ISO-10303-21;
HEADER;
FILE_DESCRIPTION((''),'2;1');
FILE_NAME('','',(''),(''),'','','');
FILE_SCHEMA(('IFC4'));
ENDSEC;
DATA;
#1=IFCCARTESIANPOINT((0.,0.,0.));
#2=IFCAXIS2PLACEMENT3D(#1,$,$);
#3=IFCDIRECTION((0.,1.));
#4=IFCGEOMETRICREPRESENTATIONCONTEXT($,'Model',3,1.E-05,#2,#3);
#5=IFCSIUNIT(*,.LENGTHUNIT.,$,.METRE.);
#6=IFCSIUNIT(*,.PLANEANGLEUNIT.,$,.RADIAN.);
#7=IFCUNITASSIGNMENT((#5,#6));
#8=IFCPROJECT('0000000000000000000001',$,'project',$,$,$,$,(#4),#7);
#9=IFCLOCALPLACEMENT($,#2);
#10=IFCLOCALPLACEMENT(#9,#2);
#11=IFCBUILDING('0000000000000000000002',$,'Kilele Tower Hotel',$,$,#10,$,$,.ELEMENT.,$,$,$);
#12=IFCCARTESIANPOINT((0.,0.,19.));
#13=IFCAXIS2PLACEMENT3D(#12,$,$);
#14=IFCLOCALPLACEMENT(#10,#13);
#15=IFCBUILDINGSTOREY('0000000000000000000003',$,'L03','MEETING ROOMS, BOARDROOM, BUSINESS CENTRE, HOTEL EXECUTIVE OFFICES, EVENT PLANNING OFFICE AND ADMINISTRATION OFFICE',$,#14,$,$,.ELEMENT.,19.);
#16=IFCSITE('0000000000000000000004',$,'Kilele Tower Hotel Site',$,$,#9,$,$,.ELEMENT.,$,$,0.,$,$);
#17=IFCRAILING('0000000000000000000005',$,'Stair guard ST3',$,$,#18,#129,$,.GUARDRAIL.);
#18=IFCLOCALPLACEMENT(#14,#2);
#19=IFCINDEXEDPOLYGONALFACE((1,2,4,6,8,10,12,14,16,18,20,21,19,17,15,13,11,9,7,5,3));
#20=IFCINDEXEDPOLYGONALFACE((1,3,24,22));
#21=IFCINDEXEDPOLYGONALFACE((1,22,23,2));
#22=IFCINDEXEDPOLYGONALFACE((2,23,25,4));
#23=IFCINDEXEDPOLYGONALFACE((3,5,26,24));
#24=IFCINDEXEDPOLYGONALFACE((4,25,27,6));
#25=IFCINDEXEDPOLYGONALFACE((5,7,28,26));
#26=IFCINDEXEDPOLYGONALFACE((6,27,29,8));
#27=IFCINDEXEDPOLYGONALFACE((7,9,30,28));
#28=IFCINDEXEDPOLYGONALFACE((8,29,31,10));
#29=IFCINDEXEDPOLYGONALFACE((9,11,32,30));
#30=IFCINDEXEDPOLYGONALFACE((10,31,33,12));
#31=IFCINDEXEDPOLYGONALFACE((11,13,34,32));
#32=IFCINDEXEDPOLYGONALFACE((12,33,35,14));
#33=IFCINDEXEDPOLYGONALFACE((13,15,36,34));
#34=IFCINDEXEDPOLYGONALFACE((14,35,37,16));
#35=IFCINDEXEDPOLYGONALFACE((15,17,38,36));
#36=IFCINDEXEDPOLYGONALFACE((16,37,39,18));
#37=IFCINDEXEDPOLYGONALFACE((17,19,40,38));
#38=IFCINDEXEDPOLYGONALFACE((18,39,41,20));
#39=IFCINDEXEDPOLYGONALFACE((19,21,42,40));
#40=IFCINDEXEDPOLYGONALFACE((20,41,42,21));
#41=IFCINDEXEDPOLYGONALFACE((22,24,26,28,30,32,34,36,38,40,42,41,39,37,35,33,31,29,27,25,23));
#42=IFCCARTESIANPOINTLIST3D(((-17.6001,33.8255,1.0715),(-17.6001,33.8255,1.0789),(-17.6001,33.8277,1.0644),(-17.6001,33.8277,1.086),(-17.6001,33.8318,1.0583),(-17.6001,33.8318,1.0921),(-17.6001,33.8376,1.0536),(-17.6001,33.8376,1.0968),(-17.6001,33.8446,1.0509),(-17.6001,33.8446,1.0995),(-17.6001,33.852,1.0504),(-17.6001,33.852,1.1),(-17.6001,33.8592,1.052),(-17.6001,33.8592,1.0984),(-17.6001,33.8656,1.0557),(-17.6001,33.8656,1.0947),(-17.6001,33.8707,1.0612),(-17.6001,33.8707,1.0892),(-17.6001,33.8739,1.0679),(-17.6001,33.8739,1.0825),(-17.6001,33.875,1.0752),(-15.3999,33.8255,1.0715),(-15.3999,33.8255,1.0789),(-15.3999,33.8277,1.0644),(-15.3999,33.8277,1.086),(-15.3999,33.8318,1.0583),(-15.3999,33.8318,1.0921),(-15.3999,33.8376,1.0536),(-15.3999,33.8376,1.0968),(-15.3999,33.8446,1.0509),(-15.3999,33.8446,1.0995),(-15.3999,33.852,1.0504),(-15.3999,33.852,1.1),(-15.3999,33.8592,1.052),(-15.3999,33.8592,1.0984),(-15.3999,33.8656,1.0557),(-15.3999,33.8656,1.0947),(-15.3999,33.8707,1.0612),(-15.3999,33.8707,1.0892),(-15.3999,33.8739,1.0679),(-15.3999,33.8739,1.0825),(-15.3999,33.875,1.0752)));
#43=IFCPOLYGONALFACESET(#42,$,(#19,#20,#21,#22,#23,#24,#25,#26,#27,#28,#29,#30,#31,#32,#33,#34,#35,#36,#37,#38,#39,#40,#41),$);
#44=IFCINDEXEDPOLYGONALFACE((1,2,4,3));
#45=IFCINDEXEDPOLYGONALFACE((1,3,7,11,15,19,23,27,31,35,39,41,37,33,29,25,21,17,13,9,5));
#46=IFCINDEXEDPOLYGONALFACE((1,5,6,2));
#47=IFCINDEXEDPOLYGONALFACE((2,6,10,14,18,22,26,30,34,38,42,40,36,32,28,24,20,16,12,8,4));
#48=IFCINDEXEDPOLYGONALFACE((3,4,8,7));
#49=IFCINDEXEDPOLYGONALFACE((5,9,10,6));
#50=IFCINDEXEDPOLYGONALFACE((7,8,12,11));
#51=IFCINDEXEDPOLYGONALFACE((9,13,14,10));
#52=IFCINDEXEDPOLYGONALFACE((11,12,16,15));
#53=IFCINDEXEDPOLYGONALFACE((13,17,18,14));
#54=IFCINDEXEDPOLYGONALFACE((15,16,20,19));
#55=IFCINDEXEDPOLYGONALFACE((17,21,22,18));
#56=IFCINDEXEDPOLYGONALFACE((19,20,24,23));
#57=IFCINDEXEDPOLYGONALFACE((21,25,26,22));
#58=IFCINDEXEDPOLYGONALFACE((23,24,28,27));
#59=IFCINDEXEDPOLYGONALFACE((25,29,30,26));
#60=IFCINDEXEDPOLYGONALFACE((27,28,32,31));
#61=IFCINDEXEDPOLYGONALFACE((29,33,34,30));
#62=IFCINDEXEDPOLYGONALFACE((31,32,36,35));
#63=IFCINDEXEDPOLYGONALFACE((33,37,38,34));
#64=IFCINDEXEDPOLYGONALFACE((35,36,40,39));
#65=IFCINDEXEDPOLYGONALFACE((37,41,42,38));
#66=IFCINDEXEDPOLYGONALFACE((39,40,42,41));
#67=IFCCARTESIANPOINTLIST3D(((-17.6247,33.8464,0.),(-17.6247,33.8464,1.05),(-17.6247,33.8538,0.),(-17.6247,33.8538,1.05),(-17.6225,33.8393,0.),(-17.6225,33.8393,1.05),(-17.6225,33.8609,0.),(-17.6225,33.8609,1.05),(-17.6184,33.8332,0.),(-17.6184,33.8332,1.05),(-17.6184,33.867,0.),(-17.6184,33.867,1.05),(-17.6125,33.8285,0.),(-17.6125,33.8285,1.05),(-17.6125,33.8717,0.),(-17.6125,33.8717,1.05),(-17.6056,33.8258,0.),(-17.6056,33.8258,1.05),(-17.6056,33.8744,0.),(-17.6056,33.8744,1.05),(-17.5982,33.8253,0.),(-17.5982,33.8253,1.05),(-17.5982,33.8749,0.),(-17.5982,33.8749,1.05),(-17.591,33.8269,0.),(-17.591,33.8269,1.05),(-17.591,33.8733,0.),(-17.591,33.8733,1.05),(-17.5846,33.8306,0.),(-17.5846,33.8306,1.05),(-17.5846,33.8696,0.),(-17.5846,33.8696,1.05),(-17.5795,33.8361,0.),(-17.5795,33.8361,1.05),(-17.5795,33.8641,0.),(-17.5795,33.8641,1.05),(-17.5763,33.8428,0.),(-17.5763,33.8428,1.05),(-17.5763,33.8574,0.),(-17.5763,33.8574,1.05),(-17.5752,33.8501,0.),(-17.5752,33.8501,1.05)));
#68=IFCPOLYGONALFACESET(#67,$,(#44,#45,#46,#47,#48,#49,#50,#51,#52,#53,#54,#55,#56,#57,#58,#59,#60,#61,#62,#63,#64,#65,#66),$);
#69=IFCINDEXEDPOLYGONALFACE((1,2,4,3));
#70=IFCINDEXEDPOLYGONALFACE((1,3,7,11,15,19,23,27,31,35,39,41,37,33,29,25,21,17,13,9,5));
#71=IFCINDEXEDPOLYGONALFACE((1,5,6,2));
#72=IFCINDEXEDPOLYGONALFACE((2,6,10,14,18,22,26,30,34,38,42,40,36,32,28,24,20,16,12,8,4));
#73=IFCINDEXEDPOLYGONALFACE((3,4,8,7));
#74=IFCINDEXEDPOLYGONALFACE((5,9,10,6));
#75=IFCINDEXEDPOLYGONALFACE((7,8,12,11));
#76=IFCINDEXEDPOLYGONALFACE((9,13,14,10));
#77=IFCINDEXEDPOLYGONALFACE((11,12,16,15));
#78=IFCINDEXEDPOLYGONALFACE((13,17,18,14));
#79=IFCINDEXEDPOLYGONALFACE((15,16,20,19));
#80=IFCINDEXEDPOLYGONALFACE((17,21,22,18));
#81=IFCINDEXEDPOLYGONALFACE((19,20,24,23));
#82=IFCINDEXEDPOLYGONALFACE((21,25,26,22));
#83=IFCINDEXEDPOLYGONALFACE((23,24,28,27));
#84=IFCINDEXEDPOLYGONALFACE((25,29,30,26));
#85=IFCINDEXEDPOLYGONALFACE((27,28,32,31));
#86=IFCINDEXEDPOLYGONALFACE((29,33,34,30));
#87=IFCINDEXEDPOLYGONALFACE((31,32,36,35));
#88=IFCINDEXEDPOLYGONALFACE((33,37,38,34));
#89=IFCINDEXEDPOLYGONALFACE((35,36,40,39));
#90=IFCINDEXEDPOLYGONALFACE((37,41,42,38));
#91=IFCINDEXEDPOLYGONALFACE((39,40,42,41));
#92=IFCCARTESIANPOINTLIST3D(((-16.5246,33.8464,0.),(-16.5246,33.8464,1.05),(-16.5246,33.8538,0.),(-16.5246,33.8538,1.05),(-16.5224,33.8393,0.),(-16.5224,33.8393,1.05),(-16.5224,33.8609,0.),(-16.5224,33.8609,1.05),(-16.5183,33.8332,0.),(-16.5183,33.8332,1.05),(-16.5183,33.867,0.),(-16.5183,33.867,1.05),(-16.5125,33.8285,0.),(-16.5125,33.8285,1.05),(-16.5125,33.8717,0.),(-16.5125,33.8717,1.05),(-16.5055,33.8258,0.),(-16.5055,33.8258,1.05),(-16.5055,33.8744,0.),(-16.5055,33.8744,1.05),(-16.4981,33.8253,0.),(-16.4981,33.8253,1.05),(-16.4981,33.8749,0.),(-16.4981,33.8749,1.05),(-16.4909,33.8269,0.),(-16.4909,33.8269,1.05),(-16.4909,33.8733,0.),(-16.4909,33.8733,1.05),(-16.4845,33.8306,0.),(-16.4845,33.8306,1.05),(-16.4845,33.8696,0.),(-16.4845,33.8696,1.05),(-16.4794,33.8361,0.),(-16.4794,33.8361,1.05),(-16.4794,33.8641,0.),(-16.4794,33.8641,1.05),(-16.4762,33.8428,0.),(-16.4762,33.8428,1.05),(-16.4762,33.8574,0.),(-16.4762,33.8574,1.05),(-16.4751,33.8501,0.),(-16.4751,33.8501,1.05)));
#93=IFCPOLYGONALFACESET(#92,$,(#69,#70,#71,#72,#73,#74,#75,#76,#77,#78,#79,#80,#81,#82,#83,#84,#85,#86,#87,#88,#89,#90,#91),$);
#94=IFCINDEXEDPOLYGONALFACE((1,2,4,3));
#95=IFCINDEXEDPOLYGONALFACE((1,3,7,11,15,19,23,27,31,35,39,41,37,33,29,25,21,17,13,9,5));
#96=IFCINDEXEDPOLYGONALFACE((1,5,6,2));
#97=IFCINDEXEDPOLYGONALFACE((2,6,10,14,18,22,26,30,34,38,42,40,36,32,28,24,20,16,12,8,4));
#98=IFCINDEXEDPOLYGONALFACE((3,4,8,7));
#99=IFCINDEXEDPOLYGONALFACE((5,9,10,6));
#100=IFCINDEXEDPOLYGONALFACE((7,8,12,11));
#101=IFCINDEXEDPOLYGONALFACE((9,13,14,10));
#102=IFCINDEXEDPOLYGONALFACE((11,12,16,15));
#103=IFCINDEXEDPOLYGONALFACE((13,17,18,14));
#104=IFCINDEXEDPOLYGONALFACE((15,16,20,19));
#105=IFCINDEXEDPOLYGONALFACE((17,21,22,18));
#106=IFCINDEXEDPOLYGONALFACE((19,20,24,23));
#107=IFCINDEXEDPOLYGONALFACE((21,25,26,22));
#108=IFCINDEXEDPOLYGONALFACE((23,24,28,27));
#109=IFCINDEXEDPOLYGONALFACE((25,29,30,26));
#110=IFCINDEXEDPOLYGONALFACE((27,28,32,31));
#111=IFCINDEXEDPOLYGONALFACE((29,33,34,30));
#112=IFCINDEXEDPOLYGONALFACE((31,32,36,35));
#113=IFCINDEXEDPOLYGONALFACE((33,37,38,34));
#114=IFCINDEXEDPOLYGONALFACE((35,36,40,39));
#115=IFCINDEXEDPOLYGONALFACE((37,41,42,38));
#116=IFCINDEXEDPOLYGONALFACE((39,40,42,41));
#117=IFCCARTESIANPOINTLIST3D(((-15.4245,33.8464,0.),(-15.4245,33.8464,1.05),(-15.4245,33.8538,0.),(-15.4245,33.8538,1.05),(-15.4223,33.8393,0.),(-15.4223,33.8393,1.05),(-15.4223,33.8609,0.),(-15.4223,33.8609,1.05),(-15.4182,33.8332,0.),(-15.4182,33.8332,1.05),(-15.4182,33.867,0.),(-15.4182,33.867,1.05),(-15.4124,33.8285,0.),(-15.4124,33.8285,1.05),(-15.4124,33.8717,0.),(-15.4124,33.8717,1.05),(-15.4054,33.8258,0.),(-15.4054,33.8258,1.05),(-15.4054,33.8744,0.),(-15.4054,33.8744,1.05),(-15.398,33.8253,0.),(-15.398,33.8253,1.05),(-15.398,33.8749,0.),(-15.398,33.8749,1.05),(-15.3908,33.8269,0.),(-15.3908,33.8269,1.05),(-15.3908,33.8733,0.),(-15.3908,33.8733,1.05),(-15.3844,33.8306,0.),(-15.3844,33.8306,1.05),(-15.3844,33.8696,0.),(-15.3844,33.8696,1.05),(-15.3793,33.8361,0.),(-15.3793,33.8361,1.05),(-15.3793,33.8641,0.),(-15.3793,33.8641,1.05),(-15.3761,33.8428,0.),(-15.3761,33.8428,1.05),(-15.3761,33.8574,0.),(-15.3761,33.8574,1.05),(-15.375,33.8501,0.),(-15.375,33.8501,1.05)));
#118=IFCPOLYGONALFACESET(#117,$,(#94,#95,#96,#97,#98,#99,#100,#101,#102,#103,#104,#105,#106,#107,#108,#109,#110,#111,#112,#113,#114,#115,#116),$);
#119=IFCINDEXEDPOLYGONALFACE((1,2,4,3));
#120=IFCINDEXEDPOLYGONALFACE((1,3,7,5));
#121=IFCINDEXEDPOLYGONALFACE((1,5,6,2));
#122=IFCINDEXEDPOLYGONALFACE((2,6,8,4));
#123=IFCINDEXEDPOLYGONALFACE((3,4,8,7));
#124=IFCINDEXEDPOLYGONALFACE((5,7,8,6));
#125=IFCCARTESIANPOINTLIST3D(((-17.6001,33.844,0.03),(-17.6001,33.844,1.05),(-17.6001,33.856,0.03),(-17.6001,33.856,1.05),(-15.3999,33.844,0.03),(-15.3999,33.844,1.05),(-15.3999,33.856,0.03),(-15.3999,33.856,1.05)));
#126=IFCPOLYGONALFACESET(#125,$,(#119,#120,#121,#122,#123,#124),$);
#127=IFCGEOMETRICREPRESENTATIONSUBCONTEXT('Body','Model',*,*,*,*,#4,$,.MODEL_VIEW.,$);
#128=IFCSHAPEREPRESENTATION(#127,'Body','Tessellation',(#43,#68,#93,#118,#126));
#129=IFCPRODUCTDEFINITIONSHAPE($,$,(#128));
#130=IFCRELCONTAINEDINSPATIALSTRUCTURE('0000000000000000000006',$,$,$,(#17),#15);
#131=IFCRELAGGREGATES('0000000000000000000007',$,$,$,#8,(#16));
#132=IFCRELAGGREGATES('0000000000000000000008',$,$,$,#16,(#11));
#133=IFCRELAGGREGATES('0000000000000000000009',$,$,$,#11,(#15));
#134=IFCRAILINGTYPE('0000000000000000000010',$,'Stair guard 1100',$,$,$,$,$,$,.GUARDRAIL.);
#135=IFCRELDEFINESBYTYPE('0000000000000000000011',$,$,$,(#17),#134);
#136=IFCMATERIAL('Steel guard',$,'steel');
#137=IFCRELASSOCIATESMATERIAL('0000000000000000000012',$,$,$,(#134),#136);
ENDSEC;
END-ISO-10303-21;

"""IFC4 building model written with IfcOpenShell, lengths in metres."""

from ifc_helpers import new_model, si_unit, direction, frame, origin, origin_2d, place, context, subcontext, project, spatial, polyline, circle, outline, extrude, material, type_object, element, save


model = new_model("IFC4")

# Units and contexts
model_context = context("Model", 3, precision=1e-05, world=origin(), true_north=direction((0.0, 1.0)))
body_context = subcontext(model_context, "Body", "Model", "MODEL_VIEW")
ifc_project = project(units=[si_unit("LENGTHUNIT", "METRE"), si_unit("PLANEANGLEUNIT", "RADIAN")], contexts=[model_context])

# Site, building, storey
site_placement = place(None, origin())
site = spatial("IfcSite", under=ifc_project, at=site_placement, Name="Kilele Tower Hotel Site", CompositionType="ELEMENT", RefElevation=0.0)
building_placement = place(site_placement, origin())
building = spatial("IfcBuilding", under=site, at=building_placement, Name="Kilele Tower Hotel", CompositionType="ELEMENT")
storey_placement = place(building_placement, frame((0.0, 0.0, 19.0)))
storey = spatial("IfcBuildingStorey", under=building, at=storey_placement, Name="L03", Description="MEETING ROOMS, BOARDROOM, BUSINESS CENTRE, HOTEL EXECUTIVE OFFICES, EVENT PLANNING OFFICE AND ADMINISTRATION OFFICE", CompositionType="ELEMENT", Elevation=19.0)

# Railing
ifc_material_1 = material(Name="Steel guard", Category="steel")
railing_type = type_object("IfcRailingType", Name="Stair guard 1100", PredefinedType="GUARDRAIL", material=ifc_material_1)
railing_placement = place(storey_placement, frame((-17.6001, 33.8501, 0.0)))
element("IfcRailing", 1, at=railing_placement, inside=storey, type_object=railing_type, Name="Stair guard ST3", PredefinedType="GUARDRAIL", context=body_context, shape_type="SweptSolid", body=[
    extrude(circle(Radius=0.0249, at=origin_2d()), frame((0.0, 0.0, 1.0752), z_axis=(1.0, 0.0, 0.0), x_axis=(0.0, 1.0, 0.0)), (0.0, 0.0, 1.0), 2.2002),
    extrude(circle(Radius=0.0249, at=origin_2d()), origin(), (0.0, 0.0, 1.0), 1.05),
    extrude(circle(Radius=0.0249, at=origin_2d()), frame((1.1001, 0.0, 0.0)), (0.0, 0.0, 1.0), 1.05),
    extrude(circle(Radius=0.0249, at=origin_2d()), frame((2.2002, 0.0, 0.0)), (0.0, 0.0, 1.0), 1.05),
    extrude(outline(polyline([(0.0, 0.03), (2.2002, 0.03), (2.2002, 1.05), (0.0, 1.05), (0.0, 0.03)])), frame((0.0, 0.0059, 0.0), z_axis=(0.0, -1.0, 0.0), x_axis=(1.0, 0.0, 0.0)), (0.0, 0.0, 1.0), 0.012),
])

save(model, "model.ifc")
